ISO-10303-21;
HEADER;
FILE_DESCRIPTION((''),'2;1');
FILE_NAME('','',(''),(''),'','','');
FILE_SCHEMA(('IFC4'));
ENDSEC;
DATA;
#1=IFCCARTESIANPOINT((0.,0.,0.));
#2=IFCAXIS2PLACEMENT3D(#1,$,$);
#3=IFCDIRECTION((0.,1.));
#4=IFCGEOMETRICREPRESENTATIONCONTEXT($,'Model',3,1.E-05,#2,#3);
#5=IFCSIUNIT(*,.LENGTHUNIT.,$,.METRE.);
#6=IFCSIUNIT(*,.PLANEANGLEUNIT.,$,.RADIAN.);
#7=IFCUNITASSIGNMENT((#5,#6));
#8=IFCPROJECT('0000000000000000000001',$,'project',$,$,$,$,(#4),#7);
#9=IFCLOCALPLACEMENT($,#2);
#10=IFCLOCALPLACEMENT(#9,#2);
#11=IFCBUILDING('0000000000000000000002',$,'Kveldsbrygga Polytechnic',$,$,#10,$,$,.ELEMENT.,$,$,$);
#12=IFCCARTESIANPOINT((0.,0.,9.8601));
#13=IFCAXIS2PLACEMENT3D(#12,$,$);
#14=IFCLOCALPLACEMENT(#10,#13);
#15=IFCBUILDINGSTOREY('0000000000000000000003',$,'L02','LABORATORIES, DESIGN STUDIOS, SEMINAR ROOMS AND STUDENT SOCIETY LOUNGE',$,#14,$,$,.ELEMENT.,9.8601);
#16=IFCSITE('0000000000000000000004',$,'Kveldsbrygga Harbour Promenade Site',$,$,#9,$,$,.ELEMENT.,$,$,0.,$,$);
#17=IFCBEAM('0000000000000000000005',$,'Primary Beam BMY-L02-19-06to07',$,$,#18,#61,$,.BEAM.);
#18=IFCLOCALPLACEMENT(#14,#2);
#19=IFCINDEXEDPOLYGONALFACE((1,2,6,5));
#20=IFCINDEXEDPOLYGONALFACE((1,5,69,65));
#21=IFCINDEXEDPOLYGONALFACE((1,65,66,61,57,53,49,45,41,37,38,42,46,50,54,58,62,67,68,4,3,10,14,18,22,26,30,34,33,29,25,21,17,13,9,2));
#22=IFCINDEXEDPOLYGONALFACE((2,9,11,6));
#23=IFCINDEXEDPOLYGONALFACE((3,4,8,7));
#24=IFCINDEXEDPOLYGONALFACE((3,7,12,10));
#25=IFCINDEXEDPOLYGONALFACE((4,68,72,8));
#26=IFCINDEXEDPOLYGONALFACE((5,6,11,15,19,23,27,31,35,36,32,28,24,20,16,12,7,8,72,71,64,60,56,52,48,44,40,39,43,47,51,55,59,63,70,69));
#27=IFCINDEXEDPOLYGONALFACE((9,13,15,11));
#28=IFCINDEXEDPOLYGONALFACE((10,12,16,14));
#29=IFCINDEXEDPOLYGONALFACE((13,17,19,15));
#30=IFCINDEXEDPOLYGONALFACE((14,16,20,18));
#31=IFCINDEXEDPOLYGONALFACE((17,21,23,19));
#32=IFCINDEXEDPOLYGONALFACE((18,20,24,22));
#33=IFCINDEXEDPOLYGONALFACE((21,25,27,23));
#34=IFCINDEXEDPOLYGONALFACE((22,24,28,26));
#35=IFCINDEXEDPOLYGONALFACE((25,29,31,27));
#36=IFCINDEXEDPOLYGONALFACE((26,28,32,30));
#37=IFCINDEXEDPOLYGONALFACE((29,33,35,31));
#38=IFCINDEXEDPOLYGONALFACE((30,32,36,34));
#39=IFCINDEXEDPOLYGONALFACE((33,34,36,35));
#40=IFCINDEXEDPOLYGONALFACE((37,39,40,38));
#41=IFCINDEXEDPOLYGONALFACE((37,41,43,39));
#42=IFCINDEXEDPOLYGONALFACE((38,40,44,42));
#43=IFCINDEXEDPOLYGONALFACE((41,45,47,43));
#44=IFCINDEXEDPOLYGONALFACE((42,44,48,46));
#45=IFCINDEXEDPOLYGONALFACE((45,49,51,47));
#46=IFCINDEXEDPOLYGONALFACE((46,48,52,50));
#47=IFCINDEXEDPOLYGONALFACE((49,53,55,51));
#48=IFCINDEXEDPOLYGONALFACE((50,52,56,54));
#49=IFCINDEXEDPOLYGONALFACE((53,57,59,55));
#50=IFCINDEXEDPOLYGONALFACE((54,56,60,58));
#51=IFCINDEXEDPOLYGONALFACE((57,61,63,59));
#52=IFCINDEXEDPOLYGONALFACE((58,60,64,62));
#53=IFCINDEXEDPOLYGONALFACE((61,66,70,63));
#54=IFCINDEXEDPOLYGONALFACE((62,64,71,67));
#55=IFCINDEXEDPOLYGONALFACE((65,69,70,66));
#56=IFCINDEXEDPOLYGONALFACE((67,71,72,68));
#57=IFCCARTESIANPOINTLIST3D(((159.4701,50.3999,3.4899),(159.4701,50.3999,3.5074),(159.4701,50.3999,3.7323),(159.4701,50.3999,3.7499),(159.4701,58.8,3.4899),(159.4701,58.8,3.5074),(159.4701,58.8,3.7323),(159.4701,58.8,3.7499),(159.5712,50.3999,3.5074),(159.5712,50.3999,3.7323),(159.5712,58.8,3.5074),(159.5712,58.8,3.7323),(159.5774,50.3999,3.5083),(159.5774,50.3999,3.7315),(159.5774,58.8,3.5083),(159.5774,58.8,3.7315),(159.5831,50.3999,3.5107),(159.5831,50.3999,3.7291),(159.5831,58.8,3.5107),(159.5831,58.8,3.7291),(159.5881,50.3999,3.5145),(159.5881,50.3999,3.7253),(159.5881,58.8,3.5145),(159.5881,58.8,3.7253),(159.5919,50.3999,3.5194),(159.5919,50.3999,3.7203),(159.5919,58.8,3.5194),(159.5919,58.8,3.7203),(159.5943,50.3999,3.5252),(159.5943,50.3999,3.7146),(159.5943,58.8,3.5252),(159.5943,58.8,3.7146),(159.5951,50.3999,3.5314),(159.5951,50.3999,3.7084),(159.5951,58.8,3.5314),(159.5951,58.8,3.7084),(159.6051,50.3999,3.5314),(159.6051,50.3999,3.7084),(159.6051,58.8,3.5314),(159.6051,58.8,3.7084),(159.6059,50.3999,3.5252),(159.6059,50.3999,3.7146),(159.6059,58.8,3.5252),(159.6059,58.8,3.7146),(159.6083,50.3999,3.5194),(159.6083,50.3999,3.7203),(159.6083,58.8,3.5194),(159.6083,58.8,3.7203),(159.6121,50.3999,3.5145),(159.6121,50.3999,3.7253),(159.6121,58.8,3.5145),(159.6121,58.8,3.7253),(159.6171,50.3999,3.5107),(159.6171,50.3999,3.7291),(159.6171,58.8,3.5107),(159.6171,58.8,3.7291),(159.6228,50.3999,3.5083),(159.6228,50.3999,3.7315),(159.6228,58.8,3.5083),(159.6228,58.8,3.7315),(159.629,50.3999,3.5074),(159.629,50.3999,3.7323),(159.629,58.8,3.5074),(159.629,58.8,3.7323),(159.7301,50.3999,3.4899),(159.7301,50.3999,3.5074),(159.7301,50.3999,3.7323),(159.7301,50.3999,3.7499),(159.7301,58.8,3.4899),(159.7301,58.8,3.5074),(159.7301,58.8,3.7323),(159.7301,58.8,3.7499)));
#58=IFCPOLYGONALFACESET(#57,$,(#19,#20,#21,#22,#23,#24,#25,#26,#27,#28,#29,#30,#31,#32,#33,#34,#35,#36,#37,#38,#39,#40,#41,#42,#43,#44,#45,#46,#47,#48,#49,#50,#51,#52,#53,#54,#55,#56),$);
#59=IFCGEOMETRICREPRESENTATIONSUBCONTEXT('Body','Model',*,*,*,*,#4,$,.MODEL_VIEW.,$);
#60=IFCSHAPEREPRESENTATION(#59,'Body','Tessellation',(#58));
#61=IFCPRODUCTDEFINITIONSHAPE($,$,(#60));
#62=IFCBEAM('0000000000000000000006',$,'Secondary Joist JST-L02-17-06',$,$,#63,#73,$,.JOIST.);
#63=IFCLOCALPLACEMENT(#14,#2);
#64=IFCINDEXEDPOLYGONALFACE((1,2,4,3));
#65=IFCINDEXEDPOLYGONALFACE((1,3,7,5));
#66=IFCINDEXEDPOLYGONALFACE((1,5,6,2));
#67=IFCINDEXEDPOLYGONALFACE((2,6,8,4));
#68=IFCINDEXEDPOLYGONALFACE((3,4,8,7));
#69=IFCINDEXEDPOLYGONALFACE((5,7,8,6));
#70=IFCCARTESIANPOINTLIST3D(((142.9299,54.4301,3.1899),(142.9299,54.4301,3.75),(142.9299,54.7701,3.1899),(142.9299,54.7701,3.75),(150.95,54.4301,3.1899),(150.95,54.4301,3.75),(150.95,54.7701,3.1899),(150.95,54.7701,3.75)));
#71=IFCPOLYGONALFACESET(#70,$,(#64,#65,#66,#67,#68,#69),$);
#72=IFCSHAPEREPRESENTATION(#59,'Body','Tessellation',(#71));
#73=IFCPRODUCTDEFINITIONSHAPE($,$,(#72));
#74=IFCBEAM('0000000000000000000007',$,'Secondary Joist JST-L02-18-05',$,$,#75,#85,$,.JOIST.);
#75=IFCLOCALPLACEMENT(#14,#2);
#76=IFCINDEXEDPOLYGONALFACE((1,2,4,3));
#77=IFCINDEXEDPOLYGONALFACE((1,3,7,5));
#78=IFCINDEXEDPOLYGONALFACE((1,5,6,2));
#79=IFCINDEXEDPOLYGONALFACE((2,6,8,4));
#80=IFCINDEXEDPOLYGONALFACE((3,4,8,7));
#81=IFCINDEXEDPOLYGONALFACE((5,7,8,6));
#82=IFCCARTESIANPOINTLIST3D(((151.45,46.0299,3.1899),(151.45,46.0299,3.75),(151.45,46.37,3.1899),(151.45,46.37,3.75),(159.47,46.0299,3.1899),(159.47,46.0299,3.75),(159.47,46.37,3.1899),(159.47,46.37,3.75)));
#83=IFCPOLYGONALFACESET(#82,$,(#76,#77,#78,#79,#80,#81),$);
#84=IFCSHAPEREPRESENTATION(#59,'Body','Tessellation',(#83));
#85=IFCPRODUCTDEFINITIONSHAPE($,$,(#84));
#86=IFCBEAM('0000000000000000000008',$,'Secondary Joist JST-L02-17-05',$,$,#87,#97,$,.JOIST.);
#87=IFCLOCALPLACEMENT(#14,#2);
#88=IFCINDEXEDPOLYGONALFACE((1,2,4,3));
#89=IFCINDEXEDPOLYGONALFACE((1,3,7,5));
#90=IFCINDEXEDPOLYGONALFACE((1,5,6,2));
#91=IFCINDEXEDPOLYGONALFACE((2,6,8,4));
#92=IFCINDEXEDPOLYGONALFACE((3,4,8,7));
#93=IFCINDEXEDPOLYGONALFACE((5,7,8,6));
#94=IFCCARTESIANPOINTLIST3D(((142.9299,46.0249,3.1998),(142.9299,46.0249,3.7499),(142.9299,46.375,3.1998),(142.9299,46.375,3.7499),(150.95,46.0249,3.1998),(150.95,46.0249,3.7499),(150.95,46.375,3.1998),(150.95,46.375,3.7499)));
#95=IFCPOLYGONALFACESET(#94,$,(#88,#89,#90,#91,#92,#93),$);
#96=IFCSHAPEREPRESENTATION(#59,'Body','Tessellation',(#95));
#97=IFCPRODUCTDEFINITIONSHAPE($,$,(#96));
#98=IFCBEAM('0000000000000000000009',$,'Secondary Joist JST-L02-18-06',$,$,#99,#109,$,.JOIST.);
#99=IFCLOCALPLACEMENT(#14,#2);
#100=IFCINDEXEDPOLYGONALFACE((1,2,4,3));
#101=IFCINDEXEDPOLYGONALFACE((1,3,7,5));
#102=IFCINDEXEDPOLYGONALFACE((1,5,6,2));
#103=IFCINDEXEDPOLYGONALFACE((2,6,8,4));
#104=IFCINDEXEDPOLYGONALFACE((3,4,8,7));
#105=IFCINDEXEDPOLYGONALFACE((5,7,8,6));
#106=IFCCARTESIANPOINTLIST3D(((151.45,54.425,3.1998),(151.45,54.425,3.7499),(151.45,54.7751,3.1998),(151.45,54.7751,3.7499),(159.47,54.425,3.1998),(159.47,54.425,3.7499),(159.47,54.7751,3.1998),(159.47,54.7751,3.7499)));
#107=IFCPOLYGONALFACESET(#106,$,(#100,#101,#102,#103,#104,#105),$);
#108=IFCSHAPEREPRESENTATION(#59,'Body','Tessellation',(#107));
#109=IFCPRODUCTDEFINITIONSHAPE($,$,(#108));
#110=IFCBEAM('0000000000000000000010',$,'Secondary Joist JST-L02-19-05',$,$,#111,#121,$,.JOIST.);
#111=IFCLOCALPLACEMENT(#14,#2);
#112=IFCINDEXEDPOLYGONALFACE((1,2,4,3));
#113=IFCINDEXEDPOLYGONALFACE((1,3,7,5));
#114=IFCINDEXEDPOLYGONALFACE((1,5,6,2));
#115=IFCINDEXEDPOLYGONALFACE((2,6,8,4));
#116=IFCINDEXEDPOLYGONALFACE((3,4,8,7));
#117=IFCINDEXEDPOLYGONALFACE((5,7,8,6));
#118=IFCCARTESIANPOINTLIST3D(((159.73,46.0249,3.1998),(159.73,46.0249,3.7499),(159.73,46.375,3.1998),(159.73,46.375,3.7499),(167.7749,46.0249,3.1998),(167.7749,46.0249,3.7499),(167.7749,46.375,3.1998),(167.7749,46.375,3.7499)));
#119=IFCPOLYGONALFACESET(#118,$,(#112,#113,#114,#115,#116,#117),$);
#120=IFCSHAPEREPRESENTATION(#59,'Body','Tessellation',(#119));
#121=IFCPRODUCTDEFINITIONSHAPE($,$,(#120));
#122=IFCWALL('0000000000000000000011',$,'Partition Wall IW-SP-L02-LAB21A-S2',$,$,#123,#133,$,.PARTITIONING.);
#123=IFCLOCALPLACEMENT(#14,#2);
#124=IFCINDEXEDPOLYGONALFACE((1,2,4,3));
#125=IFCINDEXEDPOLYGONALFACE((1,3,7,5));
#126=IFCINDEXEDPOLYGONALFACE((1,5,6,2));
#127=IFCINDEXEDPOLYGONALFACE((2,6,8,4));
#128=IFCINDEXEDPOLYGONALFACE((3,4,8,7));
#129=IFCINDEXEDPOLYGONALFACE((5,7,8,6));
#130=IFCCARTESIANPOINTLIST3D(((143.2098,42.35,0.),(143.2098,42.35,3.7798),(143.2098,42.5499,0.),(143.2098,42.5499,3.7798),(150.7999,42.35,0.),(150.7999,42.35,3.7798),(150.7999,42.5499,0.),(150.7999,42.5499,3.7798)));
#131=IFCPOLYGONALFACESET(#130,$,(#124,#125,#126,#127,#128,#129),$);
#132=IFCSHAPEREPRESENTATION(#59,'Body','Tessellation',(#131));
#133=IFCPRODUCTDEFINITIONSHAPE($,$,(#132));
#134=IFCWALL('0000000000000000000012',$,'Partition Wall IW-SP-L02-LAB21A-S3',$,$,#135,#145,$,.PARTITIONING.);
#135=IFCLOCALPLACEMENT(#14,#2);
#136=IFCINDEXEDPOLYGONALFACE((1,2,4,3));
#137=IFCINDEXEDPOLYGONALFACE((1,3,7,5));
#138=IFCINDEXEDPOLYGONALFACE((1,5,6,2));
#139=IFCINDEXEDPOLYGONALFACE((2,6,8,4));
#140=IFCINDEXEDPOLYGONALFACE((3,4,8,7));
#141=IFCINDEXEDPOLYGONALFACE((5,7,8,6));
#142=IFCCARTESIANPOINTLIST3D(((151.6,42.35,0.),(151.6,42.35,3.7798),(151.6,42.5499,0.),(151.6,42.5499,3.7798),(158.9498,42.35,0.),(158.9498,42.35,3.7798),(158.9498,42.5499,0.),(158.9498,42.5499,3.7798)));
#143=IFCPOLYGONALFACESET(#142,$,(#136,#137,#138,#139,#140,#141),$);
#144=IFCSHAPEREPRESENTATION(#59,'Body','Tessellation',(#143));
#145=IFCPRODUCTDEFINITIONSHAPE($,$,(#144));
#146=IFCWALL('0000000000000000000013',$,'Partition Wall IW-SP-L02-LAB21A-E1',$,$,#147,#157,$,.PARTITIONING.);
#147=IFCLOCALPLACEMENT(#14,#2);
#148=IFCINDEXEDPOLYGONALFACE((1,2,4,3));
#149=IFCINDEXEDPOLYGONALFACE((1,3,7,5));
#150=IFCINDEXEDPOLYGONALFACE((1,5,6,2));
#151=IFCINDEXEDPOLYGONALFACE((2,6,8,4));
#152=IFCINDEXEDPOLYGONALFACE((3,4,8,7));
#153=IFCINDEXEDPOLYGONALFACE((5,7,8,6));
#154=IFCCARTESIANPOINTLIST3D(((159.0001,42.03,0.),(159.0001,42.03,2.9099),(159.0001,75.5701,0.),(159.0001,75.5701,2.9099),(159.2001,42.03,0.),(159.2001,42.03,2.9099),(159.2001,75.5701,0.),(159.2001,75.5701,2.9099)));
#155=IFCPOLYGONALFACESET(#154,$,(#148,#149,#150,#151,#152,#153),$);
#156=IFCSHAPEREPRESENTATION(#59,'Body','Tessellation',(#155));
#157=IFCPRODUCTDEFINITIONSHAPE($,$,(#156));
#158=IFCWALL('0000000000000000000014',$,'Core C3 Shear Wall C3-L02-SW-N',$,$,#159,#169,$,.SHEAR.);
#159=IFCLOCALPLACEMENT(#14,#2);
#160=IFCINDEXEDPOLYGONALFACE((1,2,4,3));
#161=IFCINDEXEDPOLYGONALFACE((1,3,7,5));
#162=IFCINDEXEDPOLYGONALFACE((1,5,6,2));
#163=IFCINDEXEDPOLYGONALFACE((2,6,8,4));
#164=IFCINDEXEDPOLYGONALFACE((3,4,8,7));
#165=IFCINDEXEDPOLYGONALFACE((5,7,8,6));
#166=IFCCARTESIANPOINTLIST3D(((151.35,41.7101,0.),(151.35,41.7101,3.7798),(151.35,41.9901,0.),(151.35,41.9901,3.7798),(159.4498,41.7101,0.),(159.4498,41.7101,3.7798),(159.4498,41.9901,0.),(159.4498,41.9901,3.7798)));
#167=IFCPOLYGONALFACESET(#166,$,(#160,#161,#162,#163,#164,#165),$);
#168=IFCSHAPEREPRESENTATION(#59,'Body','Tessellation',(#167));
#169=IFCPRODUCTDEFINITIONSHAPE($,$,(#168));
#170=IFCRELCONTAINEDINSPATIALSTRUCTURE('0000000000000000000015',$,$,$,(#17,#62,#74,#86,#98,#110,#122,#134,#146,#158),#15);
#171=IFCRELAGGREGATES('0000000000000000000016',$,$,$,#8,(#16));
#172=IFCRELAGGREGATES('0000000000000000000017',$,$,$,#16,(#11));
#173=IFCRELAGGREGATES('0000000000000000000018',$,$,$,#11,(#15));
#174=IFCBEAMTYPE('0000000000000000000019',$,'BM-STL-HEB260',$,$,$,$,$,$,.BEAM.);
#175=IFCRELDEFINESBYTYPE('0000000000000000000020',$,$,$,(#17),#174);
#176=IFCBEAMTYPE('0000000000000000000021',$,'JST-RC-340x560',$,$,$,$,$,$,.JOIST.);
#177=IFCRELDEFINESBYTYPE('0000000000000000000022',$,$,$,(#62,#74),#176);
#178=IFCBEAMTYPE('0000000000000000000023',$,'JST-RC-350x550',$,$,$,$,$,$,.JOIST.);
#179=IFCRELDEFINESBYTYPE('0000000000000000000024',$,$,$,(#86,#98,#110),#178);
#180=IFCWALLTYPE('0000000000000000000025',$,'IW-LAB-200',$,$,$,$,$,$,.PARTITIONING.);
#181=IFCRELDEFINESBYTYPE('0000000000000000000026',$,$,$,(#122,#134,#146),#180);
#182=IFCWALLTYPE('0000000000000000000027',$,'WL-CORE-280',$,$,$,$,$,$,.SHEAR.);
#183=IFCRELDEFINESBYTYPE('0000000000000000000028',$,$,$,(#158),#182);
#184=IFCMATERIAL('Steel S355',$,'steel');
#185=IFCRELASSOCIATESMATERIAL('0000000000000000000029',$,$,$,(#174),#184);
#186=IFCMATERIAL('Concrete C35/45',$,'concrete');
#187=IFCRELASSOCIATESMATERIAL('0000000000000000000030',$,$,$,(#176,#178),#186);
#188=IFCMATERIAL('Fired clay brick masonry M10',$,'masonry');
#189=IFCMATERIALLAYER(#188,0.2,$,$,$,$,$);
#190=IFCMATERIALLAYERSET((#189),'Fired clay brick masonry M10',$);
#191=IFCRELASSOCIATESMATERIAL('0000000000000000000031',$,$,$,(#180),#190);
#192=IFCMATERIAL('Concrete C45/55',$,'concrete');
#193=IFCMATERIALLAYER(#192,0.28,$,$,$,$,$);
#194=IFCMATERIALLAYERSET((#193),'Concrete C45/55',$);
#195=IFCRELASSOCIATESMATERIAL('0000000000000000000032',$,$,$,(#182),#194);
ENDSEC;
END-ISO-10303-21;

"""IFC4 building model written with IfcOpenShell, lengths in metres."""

from ifc_helpers import new_model, si_unit, direction, frame, frame_2d, origin, origin_2d, place, context, subcontext, project, spatial, rectangle, i_section, extrude, material, layer, layer_set, material_profile, profile_set, type_object, element, save


model = new_model("IFC4")

# Units and contexts
model_context = context("Model", 3, precision=1e-05, world=origin(), true_north=direction((0.0, 1.0)))
body_context = subcontext(model_context, "Body", "Model", "MODEL_VIEW")
ifc_project = project(units=[si_unit("LENGTHUNIT", "METRE"), si_unit("PLANEANGLEUNIT", "RADIAN")], contexts=[model_context])

# Site, building, storey
site_placement = place(None, origin())
site = spatial("IfcSite", under=ifc_project, at=site_placement, Name="Kveldsbrygga Harbour Promenade Site", CompositionType="ELEMENT", RefElevation=0.0)
building_placement = place(site_placement, origin())
building = spatial("IfcBuilding", under=site, at=building_placement, Name="Kveldsbrygga Polytechnic", CompositionType="ELEMENT")
storey_placement = place(building_placement, frame((0.0, 0.0, 9.8601)))
storey = spatial("IfcBuildingStorey", under=building, at=storey_placement, Name="L02", Description="LABORATORIES, DESIGN STUDIOS, SEMINAR ROOMS AND STUDENT SOCIETY LOUNGE", CompositionType="ELEMENT", Elevation=9.8601)

# Shared definitions
ifc_material_1 = material(Name="Concrete C45/55", Category="concrete")

# Beams
ifc_material_2 = material(Name="Concrete C35/45", Category="concrete")
ifc_material_3 = material(Name="Steel S355", Category="steel")
ifc_material_profile_1 = material_profile(ifc_material_3, i_section(OverallWidth=0.26, OverallDepth=0.26, WebThickness=0.01, FlangeThickness=0.0176, FilletRadius=0.0239, at=origin_2d()), Name="HEB 260")
ifc_profile_set_1 = profile_set([ifc_material_profile_1], Name="Steel S355")
beam_type_1 = type_object("IfcBeamType", Name="BM-STL-HEB260", PredefinedType="BEAM", material=ifc_profile_set_1)
beam_1_placement = place(storey_placement, frame((159.6001, 50.3999, 3.6199), z_axis=(0.0, 1.0, 0.0), x_axis=(-1.0, 0.0, 0.0)))
element("IfcBeam", 1, at=beam_1_placement, inside=storey, type_object=beam_type_1, Name="Primary Beam BMY-L02-19-06to07", PredefinedType="BEAM", context=body_context, shape_type="SweptSolid", body=[
    extrude(i_section(OverallWidth=0.26, OverallDepth=0.26, WebThickness=0.01, FlangeThickness=0.0176, FilletRadius=0.0239, at=origin_2d()), origin(), (0.0, 0.0, 1.0), 8.4001),
])
ifc_material_profile_2 = material_profile(ifc_material_2, rectangle(XDim=0.3401, YDim=0.5601, at=origin_2d()), Name="RC 340x560")
ifc_profile_set_2 = profile_set([ifc_material_profile_2], Name="Concrete C35/45")
beam_type_2 = type_object("IfcBeamType", Name="JST-RC-340x560", PredefinedType="JOIST", material=ifc_profile_set_2)
for number, where, z_axis, x_axis, name in (
    (2, (142.9299, 54.6001, 3.47), (1.0, 0.0, 0.0), (0.0, 1.0, 0.0), "Secondary Joist JST-L02-17-06"),
    (3, (151.45, 46.2, 3.47), (1.0, 0.0, 0.0), (0.0, 1.0, 0.0), "Secondary Joist JST-L02-18-05"),
):
    element("IfcBeam", number, at=place(storey_placement, frame(where, z_axis=z_axis, x_axis=x_axis)), inside=storey, type_object=beam_type_2, Name=name, PredefinedType="JOIST", context=body_context, shape_type="SweptSolid", body=[
        extrude(rectangle(XDim=0.3401, YDim=0.5601, at=origin_2d()), origin(), (0.0, 0.0, 1.0), 8.02),
    ])
ifc_material_profile_3 = material_profile(ifc_material_2, rectangle(XDim=0.3501, YDim=0.55, at=origin_2d()), Name="RC 350x550")
ifc_profile_set_3 = profile_set([ifc_material_profile_3], Name="Concrete C35/45")
beam_type_3 = type_object("IfcBeamType", Name="JST-RC-350x550", PredefinedType="JOIST", material=ifc_profile_set_3)
for number, where, z_axis, x_axis, name in (
    (4, (142.9299, 46.2, 3.4749), (1.0, 0.0, 0.0), (0.0, 1.0, 0.0), "Secondary Joist JST-L02-17-05"),
    (5, (151.45, 54.6001, 3.4749), (1.0, 0.0, 0.0), (0.0, 1.0, 0.0), "Secondary Joist JST-L02-18-06"),
):
    element("IfcBeam", number, at=place(storey_placement, frame(where, z_axis=z_axis, x_axis=x_axis)), inside=storey, type_object=beam_type_3, Name=name, PredefinedType="JOIST", context=body_context, shape_type="SweptSolid", body=[
        extrude(rectangle(XDim=0.3501, YDim=0.55, at=origin_2d()), origin(), (0.0, 0.0, 1.0), 8.02),
    ])
beam_2_placement = place(storey_placement, frame((159.73, 46.2, 3.4749), z_axis=(1.0, 0.0, 0.0), x_axis=(0.0, 1.0, 0.0)))
element("IfcBeam", 6, at=beam_2_placement, inside=storey, type_object=beam_type_3, Name="Secondary Joist JST-L02-19-05", PredefinedType="JOIST", context=body_context, shape_type="SweptSolid", body=[
    extrude(rectangle(XDim=0.3501, YDim=0.55, at=origin_2d()), origin(), (0.0, 0.0, 1.0), 8.0449),
])

# Walls
ifc_material_4 = material(Name="Fired clay brick masonry M10", Category="masonry")
ifc_layer_1 = layer(ifc_material_4, 0.2)
ifc_layer_set_1 = layer_set([ifc_layer_1], Name="Fired clay brick masonry M10")
wall_type_1 = type_object("IfcWallType", Name="IW-LAB-200", PredefinedType="PARTITIONING", material=ifc_layer_set_1)
wall_1_placement = place(storey_placement, frame((143.21, 42.45, 0.0), z_axis=(0.0, 0.0, 1.0), x_axis=(1.0, 0.0, 0.0)))
element("IfcWall", 7, at=wall_1_placement, inside=storey, type_object=wall_type_1, Name="Partition Wall IW-SP-L02-LAB21A-S2", PredefinedType="PARTITIONING", context=body_context, shape_type="SweptSolid", body=[
    extrude(rectangle(XDim=7.5901, YDim=0.2, at=frame_2d((3.7949, 0.0))), origin(), (0.0, 0.0, 1.0), 3.7798),
])
wall_2_placement = place(storey_placement, frame((151.6001, 42.45, 0.0), z_axis=(0.0, 0.0, 1.0), x_axis=(1.0, 0.0, 0.0)))
element("IfcWall", 8, at=wall_2_placement, inside=storey, type_object=wall_type_1, Name="Partition Wall IW-SP-L02-LAB21A-S3", PredefinedType="PARTITIONING", context=body_context, shape_type="SweptSolid", body=[
    extrude(rectangle(XDim=7.3499, YDim=0.2, at=frame_2d((3.6748, 0.0))), origin(), (0.0, 0.0, 1.0), 3.7798),
])
wall_3_placement = place(storey_placement, frame((159.1001, 42.03, 0.0), z_axis=(0.0, 0.0, 1.0), x_axis=(0.0, 1.0, 0.0)))
element("IfcWall", 9, at=wall_3_placement, inside=storey, type_object=wall_type_1, Name="Partition Wall IW-SP-L02-LAB21A-E1", PredefinedType="PARTITIONING", context=body_context, shape_type="SweptSolid", body=[
    extrude(rectangle(XDim=33.54, YDim=0.2, at=frame_2d((16.77, 0.0))), origin(), (0.0, 0.0, 1.0), 2.9099),
])
ifc_layer_2 = layer(ifc_material_1, 0.28)
ifc_layer_set_2 = layer_set([ifc_layer_2], Name="Concrete C45/55")
wall_type_2 = type_object("IfcWallType", Name="WL-CORE-280", PredefinedType="SHEAR", material=ifc_layer_set_2)
wall_4_placement = place(storey_placement, frame((151.3501, 41.8501, 0.0), z_axis=(0.0, 0.0, 1.0), x_axis=(1.0, 0.0, 0.0)))
element("IfcWall", 10, at=wall_4_placement, inside=storey, type_object=wall_type_2, Name="Core C3 Shear Wall C3-L02-SW-N", PredefinedType="SHEAR", context=body_context, shape_type="SweptSolid", body=[
    extrude(rectangle(XDim=8.0999, YDim=0.28, at=frame_2d((4.0498, 0.0))), origin(), (0.0, 0.0, 1.0), 3.7798),
])

save(model, "model.ifc")
